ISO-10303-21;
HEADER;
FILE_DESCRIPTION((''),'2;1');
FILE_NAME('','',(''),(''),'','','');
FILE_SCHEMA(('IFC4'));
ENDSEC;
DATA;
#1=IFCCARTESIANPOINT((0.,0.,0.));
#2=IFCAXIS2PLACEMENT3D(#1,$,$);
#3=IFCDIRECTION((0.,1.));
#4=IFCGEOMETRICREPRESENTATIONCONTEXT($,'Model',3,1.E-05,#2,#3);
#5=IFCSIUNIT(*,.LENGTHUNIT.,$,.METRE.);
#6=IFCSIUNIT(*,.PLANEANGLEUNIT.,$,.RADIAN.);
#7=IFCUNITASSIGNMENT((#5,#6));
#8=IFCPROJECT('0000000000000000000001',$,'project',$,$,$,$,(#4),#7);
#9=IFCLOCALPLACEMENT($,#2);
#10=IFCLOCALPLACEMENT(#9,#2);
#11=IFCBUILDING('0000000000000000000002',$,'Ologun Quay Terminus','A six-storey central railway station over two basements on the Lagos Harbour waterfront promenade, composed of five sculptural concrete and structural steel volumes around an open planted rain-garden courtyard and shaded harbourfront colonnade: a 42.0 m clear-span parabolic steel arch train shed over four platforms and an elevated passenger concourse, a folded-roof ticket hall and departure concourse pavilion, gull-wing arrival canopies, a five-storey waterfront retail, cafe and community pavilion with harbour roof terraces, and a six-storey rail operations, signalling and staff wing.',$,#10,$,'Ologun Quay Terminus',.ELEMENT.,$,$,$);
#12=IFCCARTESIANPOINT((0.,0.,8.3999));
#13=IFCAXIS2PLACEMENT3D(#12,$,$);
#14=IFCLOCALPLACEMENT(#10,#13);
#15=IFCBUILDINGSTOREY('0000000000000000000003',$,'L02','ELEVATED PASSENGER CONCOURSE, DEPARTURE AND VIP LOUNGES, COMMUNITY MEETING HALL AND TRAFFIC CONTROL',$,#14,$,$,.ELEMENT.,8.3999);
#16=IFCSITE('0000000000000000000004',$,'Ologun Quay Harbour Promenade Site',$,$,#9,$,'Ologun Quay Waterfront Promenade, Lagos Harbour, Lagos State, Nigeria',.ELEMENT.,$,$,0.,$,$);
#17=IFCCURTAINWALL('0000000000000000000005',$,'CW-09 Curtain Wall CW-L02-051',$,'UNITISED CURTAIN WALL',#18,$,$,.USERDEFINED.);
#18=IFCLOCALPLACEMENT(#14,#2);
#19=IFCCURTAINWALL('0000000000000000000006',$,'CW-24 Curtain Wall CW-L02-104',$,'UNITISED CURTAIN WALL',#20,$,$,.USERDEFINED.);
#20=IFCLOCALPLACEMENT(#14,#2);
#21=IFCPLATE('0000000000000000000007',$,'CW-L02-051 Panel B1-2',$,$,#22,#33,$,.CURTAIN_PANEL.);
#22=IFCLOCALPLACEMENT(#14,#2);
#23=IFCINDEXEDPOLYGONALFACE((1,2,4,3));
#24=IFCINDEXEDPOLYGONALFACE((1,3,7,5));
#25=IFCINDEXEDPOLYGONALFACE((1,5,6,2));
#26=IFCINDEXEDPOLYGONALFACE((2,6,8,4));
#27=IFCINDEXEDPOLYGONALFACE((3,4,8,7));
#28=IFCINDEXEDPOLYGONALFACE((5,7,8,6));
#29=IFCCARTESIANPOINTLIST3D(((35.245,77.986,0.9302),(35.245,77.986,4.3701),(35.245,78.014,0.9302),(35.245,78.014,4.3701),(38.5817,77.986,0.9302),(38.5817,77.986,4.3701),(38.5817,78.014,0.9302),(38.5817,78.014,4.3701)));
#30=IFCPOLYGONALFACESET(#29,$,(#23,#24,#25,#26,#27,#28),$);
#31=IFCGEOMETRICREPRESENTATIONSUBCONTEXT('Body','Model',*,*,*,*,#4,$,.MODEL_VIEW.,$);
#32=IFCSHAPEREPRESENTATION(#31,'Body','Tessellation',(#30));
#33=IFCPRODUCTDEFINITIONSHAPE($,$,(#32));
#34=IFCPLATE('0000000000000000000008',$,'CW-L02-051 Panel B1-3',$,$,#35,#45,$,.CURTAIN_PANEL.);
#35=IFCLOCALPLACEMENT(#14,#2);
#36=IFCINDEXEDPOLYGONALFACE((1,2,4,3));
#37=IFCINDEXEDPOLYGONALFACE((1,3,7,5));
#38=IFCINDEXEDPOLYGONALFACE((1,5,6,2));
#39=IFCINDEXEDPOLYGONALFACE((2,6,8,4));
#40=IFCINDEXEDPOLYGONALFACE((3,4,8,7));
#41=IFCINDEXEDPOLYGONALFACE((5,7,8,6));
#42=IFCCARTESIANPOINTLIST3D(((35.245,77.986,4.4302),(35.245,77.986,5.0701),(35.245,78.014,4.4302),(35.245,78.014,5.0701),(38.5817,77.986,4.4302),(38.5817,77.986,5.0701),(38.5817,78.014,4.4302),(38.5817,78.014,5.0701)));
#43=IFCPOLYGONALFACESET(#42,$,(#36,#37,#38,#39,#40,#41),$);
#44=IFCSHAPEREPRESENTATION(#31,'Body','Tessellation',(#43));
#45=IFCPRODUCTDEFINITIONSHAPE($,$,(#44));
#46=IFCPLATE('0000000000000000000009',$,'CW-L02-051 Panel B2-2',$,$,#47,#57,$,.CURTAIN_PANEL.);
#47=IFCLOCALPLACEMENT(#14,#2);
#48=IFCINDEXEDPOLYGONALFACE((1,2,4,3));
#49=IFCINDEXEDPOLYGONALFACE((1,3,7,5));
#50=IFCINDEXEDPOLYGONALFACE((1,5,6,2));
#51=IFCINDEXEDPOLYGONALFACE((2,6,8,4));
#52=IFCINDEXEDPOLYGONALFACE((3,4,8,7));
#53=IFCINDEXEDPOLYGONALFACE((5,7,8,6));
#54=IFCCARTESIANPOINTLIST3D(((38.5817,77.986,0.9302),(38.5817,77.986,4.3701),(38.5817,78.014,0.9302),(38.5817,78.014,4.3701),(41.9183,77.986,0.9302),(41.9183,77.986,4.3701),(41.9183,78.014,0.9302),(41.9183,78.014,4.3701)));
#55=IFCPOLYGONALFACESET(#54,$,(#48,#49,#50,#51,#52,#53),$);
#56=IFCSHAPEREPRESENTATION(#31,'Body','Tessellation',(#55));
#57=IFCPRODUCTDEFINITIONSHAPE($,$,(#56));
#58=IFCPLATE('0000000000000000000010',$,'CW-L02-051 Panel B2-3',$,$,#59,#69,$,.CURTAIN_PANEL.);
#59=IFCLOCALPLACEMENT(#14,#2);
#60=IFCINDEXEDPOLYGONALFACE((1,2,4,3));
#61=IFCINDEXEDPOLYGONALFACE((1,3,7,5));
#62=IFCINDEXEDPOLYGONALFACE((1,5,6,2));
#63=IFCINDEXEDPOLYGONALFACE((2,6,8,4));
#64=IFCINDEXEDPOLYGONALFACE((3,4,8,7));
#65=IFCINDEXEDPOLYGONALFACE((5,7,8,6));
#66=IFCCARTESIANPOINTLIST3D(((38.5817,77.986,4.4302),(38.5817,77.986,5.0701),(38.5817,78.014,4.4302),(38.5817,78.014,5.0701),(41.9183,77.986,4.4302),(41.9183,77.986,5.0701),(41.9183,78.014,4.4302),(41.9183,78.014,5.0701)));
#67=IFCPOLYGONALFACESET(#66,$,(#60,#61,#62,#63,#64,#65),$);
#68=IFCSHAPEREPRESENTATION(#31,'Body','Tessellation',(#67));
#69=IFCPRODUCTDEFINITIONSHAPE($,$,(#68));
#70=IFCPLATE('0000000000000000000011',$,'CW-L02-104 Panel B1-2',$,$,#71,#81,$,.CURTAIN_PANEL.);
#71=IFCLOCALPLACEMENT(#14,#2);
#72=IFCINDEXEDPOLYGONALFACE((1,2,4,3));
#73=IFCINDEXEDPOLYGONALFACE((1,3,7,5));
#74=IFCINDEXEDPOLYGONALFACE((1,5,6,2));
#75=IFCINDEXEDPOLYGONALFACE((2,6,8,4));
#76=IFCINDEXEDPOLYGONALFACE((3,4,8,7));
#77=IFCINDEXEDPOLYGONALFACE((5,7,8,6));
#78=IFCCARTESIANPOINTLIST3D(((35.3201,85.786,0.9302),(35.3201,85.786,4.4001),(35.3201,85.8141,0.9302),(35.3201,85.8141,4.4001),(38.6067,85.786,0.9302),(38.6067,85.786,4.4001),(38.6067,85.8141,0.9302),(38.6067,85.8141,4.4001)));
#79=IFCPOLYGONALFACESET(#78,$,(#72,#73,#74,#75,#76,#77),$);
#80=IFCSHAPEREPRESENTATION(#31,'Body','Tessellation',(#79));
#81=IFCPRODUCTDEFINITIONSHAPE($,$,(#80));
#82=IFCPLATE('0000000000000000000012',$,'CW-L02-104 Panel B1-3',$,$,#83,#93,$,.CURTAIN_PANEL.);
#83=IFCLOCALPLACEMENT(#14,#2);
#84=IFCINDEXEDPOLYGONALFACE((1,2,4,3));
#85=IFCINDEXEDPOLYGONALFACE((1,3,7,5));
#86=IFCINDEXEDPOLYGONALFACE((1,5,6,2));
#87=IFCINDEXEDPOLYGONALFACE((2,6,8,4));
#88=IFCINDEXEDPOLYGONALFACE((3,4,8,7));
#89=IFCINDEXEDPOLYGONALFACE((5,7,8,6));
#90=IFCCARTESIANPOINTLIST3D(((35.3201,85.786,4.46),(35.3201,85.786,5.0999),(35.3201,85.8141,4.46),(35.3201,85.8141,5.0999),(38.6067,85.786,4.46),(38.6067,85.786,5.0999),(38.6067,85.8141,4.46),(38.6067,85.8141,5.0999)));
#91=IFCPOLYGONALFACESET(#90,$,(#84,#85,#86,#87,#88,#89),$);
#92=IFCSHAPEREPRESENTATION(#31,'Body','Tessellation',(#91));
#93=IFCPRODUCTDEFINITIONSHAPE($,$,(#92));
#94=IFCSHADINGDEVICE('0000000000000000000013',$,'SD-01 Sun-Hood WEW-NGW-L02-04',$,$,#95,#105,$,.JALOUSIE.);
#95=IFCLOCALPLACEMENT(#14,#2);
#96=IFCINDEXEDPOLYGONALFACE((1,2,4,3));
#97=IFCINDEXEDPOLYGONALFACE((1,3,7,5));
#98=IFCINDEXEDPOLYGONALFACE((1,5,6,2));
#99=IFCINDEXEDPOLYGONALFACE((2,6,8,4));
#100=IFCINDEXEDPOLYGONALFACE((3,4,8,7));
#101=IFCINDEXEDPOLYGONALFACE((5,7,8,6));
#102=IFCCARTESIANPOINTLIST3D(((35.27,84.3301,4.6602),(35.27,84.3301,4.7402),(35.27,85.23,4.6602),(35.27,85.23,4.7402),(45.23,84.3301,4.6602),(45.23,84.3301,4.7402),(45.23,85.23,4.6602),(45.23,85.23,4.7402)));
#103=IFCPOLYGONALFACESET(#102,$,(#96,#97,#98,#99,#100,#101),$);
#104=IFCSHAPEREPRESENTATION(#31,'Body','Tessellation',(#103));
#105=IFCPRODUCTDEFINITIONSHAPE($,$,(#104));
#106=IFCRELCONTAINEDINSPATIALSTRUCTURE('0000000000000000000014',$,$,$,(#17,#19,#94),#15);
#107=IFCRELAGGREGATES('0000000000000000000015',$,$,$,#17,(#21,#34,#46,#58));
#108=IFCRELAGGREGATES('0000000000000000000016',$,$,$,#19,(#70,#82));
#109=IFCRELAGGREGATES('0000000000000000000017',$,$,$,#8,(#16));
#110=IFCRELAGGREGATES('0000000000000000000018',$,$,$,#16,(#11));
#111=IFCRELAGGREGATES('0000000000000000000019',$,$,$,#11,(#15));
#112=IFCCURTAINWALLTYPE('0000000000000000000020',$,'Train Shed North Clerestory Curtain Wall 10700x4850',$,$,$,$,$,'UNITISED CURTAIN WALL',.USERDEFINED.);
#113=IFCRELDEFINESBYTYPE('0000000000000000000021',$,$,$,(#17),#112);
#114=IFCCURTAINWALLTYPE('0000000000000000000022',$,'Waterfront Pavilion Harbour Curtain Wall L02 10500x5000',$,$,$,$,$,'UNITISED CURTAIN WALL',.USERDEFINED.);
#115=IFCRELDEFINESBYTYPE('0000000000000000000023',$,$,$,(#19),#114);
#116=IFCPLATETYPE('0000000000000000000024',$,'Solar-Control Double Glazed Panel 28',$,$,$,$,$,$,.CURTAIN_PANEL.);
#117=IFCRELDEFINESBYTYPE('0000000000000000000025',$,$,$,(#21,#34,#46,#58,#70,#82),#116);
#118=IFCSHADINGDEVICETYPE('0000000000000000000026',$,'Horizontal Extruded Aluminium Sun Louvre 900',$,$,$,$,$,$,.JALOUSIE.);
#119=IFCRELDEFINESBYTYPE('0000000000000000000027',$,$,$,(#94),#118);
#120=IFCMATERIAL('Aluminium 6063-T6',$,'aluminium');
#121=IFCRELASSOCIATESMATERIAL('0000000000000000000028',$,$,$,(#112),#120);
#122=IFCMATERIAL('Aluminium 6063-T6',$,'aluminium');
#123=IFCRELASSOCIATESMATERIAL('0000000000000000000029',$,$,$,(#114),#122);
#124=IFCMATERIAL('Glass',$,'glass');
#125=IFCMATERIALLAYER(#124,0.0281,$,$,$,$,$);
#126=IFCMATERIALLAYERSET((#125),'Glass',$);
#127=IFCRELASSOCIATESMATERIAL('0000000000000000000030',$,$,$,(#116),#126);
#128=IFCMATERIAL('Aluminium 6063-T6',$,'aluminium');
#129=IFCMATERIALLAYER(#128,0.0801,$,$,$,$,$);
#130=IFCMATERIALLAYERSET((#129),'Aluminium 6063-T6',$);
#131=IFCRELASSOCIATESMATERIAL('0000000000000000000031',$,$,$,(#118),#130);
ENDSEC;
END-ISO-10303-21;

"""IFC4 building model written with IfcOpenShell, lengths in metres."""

from ifc_helpers import new_model, si_unit, direction, frame, origin, origin_2d, place, context, subcontext, project, spatial, rectangle, extrude, material, layer, layer_set, type_object, element, aggregate, save


model = new_model("IFC4")

# Units and contexts
model_context = context("Model", 3, precision=1e-05, world=origin(), true_north=direction((0.0, 1.0)))
body_context = subcontext(model_context, "Body", "Model", "MODEL_VIEW")
ifc_project = project(units=[si_unit("LENGTHUNIT", "METRE"), si_unit("PLANEANGLEUNIT", "RADIAN")], contexts=[model_context])

# Site, building, storey
site_placement = place(None, origin())
site = spatial("IfcSite", under=ifc_project, at=site_placement, Name="Ologun Quay Harbour Promenade Site", LongName="Ologun Quay Waterfront Promenade, Lagos Harbour, Lagos State, Nigeria", CompositionType="ELEMENT", RefElevation=0.0)
building_placement = place(site_placement, origin())
building = spatial("IfcBuilding", under=site, at=building_placement, Name="Ologun Quay Terminus", Description="A six-storey central railway station over two basements on the Lagos Harbour waterfront promenade, composed of five sculptural concrete and structural steel volumes around an open planted rain-garden courtyard and shaded harbourfront colonnade: a 42.0 m clear-span parabolic steel arch train shed over four platforms and an elevated passenger concourse, a folded-roof ticket hall and departure concourse pavilion, gull-wing arrival canopies, a five-storey waterfront retail, cafe and community pavilion with harbour roof terraces, and a six-storey rail operations, signalling and staff wing.", LongName="Ologun Quay Terminus", CompositionType="ELEMENT")
storey_placement = place(building_placement, frame((0.0, 0.0, 8.3999)))
storey = spatial("IfcBuildingStorey", under=building, at=storey_placement, Name="L02", Description="ELEVATED PASSENGER CONCOURSE, DEPARTURE AND VIP LOUNGES, COMMUNITY MEETING HALL AND TRAFFIC CONTROL", CompositionType="ELEMENT", Elevation=8.3999)

# Curtain wall
ifc_material_1 = material(Name="Aluminium 6063-T6", Category="aluminium")
curtain_wall_type_1 = type_object("IfcCurtainWallType", Name="Train Shed North Clerestory Curtain Wall 10700x4850", ElementType="UNITISED CURTAIN WALL", PredefinedType="USERDEFINED", material=ifc_material_1)
curtain_wall_1_placement = place(storey_placement, origin())
curtain_wall_1 = element("IfcCurtainWall", 1, at=curtain_wall_1_placement, inside=storey, type_object=curtain_wall_type_1, Name="CW-09 Curtain Wall CW-L02-051", ObjectType="UNITISED CURTAIN WALL", PredefinedType="USERDEFINED")

# Curtain wall
ifc_material_2 = material(Name="Aluminium 6063-T6", Category="aluminium")
curtain_wall_type_2 = type_object("IfcCurtainWallType", Name="Waterfront Pavilion Harbour Curtain Wall L02 10500x5000", ElementType="UNITISED CURTAIN WALL", PredefinedType="USERDEFINED", material=ifc_material_2)
curtain_wall_2_placement = place(storey_placement, origin())
curtain_wall_2 = element("IfcCurtainWall", 2, at=curtain_wall_2_placement, inside=storey, type_object=curtain_wall_type_2, Name="CW-24 Curtain Wall CW-L02-104", ObjectType="UNITISED CURTAIN WALL", PredefinedType="USERDEFINED")

# Plates
ifc_material_3 = material(Name="Glass", Category="glass")
ifc_layer_1 = layer(ifc_material_3, 0.0281)
ifc_layer_set_1 = layer_set([ifc_layer_1], Name="Glass")
plate_type_1 = type_object("IfcPlateType", Name="Solar-Control Double Glazed Panel 28", PredefinedType="CURTAIN_PANEL", material=ifc_layer_set_1)
plate_1_placement = place(storey_placement, frame((36.9133, 78.0, 0.9302), z_axis=(0.0, 0.0, 1.0), x_axis=(1.0, 0.0, 0.0)))
plate_1 = element("IfcPlate", 3, at=plate_1_placement, type_object=plate_type_1, Name="CW-L02-051 Panel B1-2", PredefinedType="CURTAIN_PANEL", context=body_context, shape_type="SweptSolid", body=[
    extrude(rectangle(XDim=3.3367, YDim=0.0281, at=origin_2d()), origin(), (0.0, 0.0, 1.0), 3.4399),
])
plate_2_placement = place(storey_placement, frame((36.9133, 78.0, 4.4302), z_axis=(0.0, 0.0, 1.0), x_axis=(1.0, 0.0, 0.0)))
plate_2 = element("IfcPlate", 4, at=plate_2_placement, type_object=plate_type_1, Name="CW-L02-051 Panel B1-3", PredefinedType="CURTAIN_PANEL", context=body_context, shape_type="SweptSolid", body=[
    extrude(rectangle(XDim=3.3367, YDim=0.0281, at=origin_2d()), origin(), (0.0, 0.0, 1.0), 0.6399),
])
plate_3_placement = place(storey_placement, frame((40.25, 78.0, 0.9302), z_axis=(0.0, 0.0, 1.0), x_axis=(1.0, 0.0, 0.0)))
plate_3 = element("IfcPlate", 5, at=plate_3_placement, type_object=plate_type_1, Name="CW-L02-051 Panel B2-2", PredefinedType="CURTAIN_PANEL", context=body_context, shape_type="SweptSolid", body=[
    extrude(rectangle(XDim=3.3367, YDim=0.0281, at=origin_2d()), origin(), (0.0, 0.0, 1.0), 3.4399),
])
plate_4_placement = place(storey_placement, frame((40.25, 78.0, 4.4302), z_axis=(0.0, 0.0, 1.0), x_axis=(1.0, 0.0, 0.0)))
plate_4 = element("IfcPlate", 6, at=plate_4_placement, type_object=plate_type_1, Name="CW-L02-051 Panel B2-3", PredefinedType="CURTAIN_PANEL", context=body_context, shape_type="SweptSolid", body=[
    extrude(rectangle(XDim=3.3367, YDim=0.0281, at=origin_2d()), origin(), (0.0, 0.0, 1.0), 0.6399),
])
aggregate(curtain_wall_1, [plate_1, plate_2, plate_3, plate_4])
plate_5_placement = place(storey_placement, frame((36.9634, 85.8, 0.9302), z_axis=(0.0, 0.0, 1.0), x_axis=(1.0, 0.0, 0.0)))
plate_5 = element("IfcPlate", 7, at=plate_5_placement, type_object=plate_type_1, Name="CW-L02-104 Panel B1-2", PredefinedType="CURTAIN_PANEL", context=body_context, shape_type="SweptSolid", body=[
    extrude(rectangle(XDim=3.2866, YDim=0.0281, at=origin_2d()), origin(), (0.0, 0.0, 1.0), 3.47),
])
plate_6_placement = place(storey_placement, frame((36.9634, 85.8, 4.46), z_axis=(0.0, 0.0, 1.0), x_axis=(1.0, 0.0, 0.0)))
plate_6 = element("IfcPlate", 8, at=plate_6_placement, type_object=plate_type_1, Name="CW-L02-104 Panel B1-3", PredefinedType="CURTAIN_PANEL", context=body_context, shape_type="SweptSolid", body=[
    extrude(rectangle(XDim=3.2866, YDim=0.0281, at=origin_2d()), origin(), (0.0, 0.0, 1.0), 0.6399),
])
aggregate(curtain_wall_2, [plate_5, plate_6])

# Shading device
ifc_material_4 = material(Name="Aluminium 6063-T6", Category="aluminium")
ifc_layer_2 = layer(ifc_material_4, 0.0801)
ifc_layer_set_2 = layer_set([ifc_layer_2], Name="Aluminium 6063-T6")
shading_device_type = type_object("IfcShadingDeviceType", Name="Horizontal Extruded Aluminium Sun Louvre 900", PredefinedType="JALOUSIE", material=ifc_layer_set_2)
shading_device_placement = place(storey_placement, frame((40.25, 84.78, 4.6602), z_axis=(0.0, 0.0, 1.0), x_axis=(1.0, 0.0, 0.0)))
element("IfcShadingDevice", 9, at=shading_device_placement, inside=storey, type_object=shading_device_type, Name="SD-01 Sun-Hood WEW-NGW-L02-04", PredefinedType="JALOUSIE", context=body_context, shape_type="SweptSolid", body=[
    extrude(rectangle(XDim=9.96, YDim=0.8999, at=origin_2d()), origin(), (0.0, 0.0, 1.0), 0.0801),
])

save(model, "model.ifc")
